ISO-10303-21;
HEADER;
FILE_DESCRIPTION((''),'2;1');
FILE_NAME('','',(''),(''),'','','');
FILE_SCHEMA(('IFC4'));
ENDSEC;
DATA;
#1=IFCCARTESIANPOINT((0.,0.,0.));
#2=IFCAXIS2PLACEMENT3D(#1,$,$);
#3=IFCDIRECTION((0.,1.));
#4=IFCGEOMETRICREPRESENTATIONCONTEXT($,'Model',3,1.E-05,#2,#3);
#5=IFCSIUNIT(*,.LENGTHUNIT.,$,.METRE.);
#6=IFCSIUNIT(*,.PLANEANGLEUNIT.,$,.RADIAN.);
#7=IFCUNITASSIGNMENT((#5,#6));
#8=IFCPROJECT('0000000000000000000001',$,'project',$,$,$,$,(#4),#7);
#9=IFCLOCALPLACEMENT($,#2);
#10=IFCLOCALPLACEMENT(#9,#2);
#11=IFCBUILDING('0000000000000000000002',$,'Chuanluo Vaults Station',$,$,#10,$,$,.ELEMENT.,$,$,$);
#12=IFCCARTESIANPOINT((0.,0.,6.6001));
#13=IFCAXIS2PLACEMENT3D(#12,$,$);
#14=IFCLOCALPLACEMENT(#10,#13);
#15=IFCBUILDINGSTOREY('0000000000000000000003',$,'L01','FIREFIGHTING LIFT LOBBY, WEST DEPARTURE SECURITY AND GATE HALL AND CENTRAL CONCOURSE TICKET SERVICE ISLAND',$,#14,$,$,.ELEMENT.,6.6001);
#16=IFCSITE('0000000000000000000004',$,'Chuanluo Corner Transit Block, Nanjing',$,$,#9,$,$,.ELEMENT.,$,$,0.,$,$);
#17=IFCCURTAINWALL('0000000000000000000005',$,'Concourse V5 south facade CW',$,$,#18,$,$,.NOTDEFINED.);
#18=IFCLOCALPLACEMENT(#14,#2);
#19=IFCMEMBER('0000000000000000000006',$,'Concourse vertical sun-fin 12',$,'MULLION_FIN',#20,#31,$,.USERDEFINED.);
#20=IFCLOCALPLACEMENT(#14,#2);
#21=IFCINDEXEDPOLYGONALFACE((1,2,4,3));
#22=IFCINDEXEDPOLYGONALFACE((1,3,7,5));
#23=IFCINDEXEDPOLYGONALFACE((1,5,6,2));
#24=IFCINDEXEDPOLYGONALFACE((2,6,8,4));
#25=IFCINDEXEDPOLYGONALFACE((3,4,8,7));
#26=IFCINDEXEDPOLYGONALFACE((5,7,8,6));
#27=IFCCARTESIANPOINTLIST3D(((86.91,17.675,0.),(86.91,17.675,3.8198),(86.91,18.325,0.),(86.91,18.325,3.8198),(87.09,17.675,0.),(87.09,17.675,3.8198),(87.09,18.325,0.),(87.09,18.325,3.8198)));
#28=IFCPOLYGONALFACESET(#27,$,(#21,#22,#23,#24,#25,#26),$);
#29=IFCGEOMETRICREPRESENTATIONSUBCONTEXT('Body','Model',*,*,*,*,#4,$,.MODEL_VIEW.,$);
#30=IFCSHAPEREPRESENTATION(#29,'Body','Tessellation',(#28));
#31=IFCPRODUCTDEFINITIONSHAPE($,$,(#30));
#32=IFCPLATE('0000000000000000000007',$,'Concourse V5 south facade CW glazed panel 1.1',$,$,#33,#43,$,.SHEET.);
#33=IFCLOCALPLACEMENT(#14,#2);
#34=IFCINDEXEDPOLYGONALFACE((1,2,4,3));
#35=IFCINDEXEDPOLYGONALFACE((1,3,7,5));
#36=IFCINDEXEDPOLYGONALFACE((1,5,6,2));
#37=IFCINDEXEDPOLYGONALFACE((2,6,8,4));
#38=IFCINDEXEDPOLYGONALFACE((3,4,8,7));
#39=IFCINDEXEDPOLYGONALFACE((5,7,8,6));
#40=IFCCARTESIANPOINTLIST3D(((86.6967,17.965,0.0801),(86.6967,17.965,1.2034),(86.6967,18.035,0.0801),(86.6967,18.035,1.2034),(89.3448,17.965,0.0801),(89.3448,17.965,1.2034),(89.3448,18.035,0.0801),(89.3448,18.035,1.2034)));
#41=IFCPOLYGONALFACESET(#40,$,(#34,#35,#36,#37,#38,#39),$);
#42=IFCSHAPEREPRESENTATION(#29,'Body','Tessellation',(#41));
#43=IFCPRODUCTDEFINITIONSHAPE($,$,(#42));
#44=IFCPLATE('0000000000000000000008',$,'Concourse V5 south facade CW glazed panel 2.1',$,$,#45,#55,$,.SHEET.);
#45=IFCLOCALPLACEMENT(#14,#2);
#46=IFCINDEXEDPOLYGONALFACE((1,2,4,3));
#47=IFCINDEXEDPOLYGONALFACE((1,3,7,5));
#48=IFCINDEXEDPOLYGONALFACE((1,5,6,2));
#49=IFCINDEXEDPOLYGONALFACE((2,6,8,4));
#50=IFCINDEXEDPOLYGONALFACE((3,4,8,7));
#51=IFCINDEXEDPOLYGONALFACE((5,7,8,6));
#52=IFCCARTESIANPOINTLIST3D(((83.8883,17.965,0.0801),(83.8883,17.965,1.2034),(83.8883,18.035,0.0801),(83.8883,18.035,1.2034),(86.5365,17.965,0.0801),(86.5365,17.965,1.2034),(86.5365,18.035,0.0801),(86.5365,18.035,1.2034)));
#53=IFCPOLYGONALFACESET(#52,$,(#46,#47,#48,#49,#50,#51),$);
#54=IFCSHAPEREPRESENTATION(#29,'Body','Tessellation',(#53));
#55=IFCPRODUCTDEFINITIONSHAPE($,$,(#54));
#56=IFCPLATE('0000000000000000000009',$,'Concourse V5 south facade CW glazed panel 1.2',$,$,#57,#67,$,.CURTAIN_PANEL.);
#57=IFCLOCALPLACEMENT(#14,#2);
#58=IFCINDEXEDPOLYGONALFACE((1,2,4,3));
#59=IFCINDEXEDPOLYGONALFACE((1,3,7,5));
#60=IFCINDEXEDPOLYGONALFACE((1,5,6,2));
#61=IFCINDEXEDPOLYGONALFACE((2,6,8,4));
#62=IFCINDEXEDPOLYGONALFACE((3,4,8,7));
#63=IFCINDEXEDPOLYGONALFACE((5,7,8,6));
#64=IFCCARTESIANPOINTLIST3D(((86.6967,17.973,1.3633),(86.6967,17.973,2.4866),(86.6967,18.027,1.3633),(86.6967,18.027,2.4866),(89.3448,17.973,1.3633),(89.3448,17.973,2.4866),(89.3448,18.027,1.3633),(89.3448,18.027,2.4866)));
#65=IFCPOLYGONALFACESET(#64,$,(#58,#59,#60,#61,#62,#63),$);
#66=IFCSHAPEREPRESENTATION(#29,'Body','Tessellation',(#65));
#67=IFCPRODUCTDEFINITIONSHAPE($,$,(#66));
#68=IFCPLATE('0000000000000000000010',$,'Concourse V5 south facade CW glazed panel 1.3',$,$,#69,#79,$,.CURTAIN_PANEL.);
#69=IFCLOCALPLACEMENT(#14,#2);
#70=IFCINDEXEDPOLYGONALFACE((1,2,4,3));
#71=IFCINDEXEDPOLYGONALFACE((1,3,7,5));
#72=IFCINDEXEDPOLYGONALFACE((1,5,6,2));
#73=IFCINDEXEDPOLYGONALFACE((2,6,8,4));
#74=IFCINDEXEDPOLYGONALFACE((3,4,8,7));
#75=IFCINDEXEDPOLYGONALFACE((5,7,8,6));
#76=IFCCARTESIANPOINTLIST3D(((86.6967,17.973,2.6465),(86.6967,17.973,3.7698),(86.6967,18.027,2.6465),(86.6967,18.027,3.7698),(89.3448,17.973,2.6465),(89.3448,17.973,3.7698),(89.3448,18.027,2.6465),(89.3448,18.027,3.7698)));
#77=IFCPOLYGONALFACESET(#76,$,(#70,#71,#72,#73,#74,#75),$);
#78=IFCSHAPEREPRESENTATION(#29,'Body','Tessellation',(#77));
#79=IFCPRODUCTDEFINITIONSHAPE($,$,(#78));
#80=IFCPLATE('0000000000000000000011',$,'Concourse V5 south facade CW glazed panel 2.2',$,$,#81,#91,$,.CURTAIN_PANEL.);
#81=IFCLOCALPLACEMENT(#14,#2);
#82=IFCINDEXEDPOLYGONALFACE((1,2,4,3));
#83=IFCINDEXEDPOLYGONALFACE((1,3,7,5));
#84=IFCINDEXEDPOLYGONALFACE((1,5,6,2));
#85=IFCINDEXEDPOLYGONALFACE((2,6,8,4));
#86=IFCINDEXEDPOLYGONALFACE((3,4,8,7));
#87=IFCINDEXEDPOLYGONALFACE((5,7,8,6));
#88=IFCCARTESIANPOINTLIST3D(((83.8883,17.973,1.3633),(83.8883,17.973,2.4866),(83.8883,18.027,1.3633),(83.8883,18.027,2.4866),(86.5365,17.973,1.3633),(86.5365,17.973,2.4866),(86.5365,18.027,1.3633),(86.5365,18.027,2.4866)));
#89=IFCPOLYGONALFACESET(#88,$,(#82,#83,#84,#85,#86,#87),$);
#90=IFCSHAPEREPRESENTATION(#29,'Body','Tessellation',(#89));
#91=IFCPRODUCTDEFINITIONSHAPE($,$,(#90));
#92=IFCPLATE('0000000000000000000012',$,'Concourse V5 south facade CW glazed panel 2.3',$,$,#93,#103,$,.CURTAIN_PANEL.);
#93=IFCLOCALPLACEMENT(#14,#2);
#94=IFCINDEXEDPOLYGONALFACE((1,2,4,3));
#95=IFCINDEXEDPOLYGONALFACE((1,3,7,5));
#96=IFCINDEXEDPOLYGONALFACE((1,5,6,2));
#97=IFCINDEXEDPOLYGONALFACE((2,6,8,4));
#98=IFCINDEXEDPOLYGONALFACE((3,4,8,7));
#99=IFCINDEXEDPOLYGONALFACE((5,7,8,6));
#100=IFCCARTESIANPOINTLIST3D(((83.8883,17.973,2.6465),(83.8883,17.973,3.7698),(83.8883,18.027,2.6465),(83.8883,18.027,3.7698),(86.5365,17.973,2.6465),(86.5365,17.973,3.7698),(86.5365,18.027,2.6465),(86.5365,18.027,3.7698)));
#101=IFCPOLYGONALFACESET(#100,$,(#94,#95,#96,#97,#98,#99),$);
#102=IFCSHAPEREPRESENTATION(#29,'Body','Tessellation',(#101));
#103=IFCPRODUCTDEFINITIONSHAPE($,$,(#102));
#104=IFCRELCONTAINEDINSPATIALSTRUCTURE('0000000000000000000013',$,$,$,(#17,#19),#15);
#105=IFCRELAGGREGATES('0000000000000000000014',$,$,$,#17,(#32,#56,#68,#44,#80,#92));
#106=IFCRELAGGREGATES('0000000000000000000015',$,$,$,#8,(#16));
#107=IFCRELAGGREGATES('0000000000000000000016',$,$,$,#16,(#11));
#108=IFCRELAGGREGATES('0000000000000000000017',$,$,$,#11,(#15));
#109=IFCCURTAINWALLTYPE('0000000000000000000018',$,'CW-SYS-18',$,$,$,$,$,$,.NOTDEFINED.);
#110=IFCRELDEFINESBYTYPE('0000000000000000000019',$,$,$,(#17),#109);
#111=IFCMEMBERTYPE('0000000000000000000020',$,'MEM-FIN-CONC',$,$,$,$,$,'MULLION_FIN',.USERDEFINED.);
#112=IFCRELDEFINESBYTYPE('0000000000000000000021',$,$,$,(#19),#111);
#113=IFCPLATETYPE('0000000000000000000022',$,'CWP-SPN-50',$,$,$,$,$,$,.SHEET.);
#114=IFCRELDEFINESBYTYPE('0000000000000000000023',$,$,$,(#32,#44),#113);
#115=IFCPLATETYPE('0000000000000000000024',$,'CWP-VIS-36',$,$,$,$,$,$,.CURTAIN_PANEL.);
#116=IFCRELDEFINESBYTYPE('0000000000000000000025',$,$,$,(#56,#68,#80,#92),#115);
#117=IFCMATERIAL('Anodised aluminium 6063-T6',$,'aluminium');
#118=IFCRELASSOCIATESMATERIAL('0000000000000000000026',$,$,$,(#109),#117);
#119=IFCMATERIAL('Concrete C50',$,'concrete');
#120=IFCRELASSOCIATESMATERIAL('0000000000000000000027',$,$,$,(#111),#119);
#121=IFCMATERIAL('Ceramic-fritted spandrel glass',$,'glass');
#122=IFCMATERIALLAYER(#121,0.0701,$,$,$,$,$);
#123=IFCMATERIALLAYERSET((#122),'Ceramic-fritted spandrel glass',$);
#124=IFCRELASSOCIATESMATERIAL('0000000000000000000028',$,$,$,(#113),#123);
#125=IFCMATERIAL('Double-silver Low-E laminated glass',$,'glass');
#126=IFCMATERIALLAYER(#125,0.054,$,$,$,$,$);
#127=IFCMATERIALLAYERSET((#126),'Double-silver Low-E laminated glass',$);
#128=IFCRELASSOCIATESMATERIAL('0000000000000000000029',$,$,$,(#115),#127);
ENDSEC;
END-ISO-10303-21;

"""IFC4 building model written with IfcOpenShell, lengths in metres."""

from ifc_helpers import new_model, si_unit, direction, frame, origin, origin_2d, place, context, subcontext, project, spatial, rectangle, extrude, material, layer, layer_set, material_profile, profile_set, type_object, element, aggregate, save


model = new_model("IFC4")

# Units and contexts
model_context = context("Model", 3, precision=1e-05, world=origin(), true_north=direction((0.0, 1.0)))
body_context = subcontext(model_context, "Body", "Model", "MODEL_VIEW")
ifc_project = project(units=[si_unit("LENGTHUNIT", "METRE"), si_unit("PLANEANGLEUNIT", "RADIAN")], contexts=[model_context])

# Site, building, storey
site_placement = place(None, origin())
site = spatial("IfcSite", under=ifc_project, at=site_placement, Name="Chuanluo Corner Transit Block, Nanjing", CompositionType="ELEMENT", RefElevation=0.0)
building_placement = place(site_placement, origin())
building = spatial("IfcBuilding", under=site, at=building_placement, Name="Chuanluo Vaults Station", CompositionType="ELEMENT")
storey_placement = place(building_placement, frame((0.0, 0.0, 6.6001)))
storey = spatial("IfcBuildingStorey", under=building, at=storey_placement, Name="L01", Description="FIREFIGHTING LIFT LOBBY, WEST DEPARTURE SECURITY AND GATE HALL AND CENTRAL CONCOURSE TICKET SERVICE ISLAND", CompositionType="ELEMENT", Elevation=6.6001)

# Curtain wall
ifc_material_1 = material(Name="Anodised aluminium 6063-T6", Category="aluminium")
curtain_wall_type_1 = type_object("IfcCurtainWallType", Name="CW-SYS-18", PredefinedType="NOTDEFINED", material=ifc_material_1)
curtain_wall_1_placement = place(storey_placement, origin())
curtain_wall_1 = element("IfcCurtainWall", 1, at=curtain_wall_1_placement, inside=storey, type_object=curtain_wall_type_1, Name="Concourse V5 south facade CW", PredefinedType="NOTDEFINED")

# Member
ifc_material_2 = material(Name="Concrete C50", Category="concrete")
ifc_material_profile_1 = material_profile(ifc_material_2, rectangle(XDim=0.1799, YDim=0.6499, at=origin_2d()))
ifc_profile_set_1 = profile_set([ifc_material_profile_1], Name="Concrete C50")
member_type_1 = type_object("IfcMemberType", Name="MEM-FIN-CONC", ElementType="MULLION_FIN", PredefinedType="USERDEFINED", material=ifc_profile_set_1)
member_1_placement = place(storey_placement, frame((87.0, 18.0, 0.0), z_axis=(0.0, 0.0, 1.0), x_axis=(1.0, 0.0, 0.0)))
element("IfcMember", 2, at=member_1_placement, inside=storey, type_object=member_type_1, Name="Concourse vertical sun-fin 12", ObjectType="MULLION_FIN", PredefinedType="USERDEFINED", context=body_context, shape_type="SweptSolid", body=[
    extrude(rectangle(XDim=0.1799, YDim=0.6499, at=origin_2d()), origin(), (0.0, 0.0, 1.0), 3.8198),
])

# Plates
ifc_material_3 = material(Name="Ceramic-fritted spandrel glass", Category="glass")
ifc_layer_1 = layer(ifc_material_3, 0.0701)
ifc_layer_set_1 = layer_set([ifc_layer_1], Name="Ceramic-fritted spandrel glass")
plate_type_1 = type_object("IfcPlateType", Name="CWP-SPN-50", PredefinedType="SHEET", material=ifc_layer_set_1)
plate_1_placement = place(storey_placement, frame((88.0208, 18.0, 0.0801), z_axis=(0.0, 0.0, 1.0), x_axis=(-1.0, 0.0, 0.0)))
plate_1 = element("IfcPlate", 3, at=plate_1_placement, type_object=plate_type_1, Name="Concourse V5 south facade CW glazed panel 1.1", PredefinedType="SHEET", context=body_context, shape_type="SweptSolid", body=[
    extrude(rectangle(XDim=2.6482, YDim=0.0701, at=origin_2d()), origin(), (0.0, 0.0, 1.0), 1.1233),
])
plate_2_placement = place(storey_placement, frame((85.2124, 18.0, 0.0801), z_axis=(0.0, 0.0, 1.0), x_axis=(-1.0, 0.0, 0.0)))
plate_2 = element("IfcPlate", 4, at=plate_2_placement, type_object=plate_type_1, Name="Concourse V5 south facade CW glazed panel 2.1", PredefinedType="SHEET", context=body_context, shape_type="SweptSolid", body=[
    extrude(rectangle(XDim=2.6482, YDim=0.0701, at=origin_2d()), origin(), (0.0, 0.0, 1.0), 1.1233),
])
ifc_material_4 = material(Name="Double-silver Low-E laminated glass", Category="glass")
ifc_layer_2 = layer(ifc_material_4, 0.054)
ifc_layer_set_2 = layer_set([ifc_layer_2], Name="Double-silver Low-E laminated glass")
plate_type_2 = type_object("IfcPlateType", Name="CWP-VIS-36", PredefinedType="CURTAIN_PANEL", material=ifc_layer_set_2)
plate_3_placement = place(storey_placement, frame((88.0208, 18.0, 1.3633), z_axis=(0.0, 0.0, 1.0), x_axis=(-1.0, 0.0, 0.0)))
plate_3 = element("IfcPlate", 5, at=plate_3_placement, type_object=plate_type_2, Name="Concourse V5 south facade CW glazed panel 1.2", PredefinedType="CURTAIN_PANEL", context=body_context, shape_type="SweptSolid", body=[
    extrude(rectangle(XDim=2.6482, YDim=0.054, at=origin_2d()), origin(), (0.0, 0.0, 1.0), 1.1233),
])
plate_4_placement = place(storey_placement, frame((88.0208, 18.0, 2.6465), z_axis=(0.0, 0.0, 1.0), x_axis=(-1.0, 0.0, 0.0)))
plate_4 = element("IfcPlate", 6, at=plate_4_placement, type_object=plate_type_2, Name="Concourse V5 south facade CW glazed panel 1.3", PredefinedType="CURTAIN_PANEL", context=body_context, shape_type="SweptSolid", body=[
    extrude(rectangle(XDim=2.6482, YDim=0.054, at=origin_2d()), origin(), (0.0, 0.0, 1.0), 1.1233),
])
plate_5_placement = place(storey_placement, frame((85.2124, 18.0, 1.3633), z_axis=(0.0, 0.0, 1.0), x_axis=(-1.0, 0.0, 0.0)))
plate_5 = element("IfcPlate", 7, at=plate_5_placement, type_object=plate_type_2, Name="Concourse V5 south facade CW glazed panel 2.2", PredefinedType="CURTAIN_PANEL", context=body_context, shape_type="SweptSolid", body=[
    extrude(rectangle(XDim=2.6482, YDim=0.054, at=origin_2d()), origin(), (0.0, 0.0, 1.0), 1.1233),
])
plate_6_placement = place(storey_placement, frame((85.2124, 18.0, 2.6465), z_axis=(0.0, 0.0, 1.0), x_axis=(-1.0, 0.0, 0.0)))
plate_6 = element("IfcPlate", 8, at=plate_6_placement, type_object=plate_type_2, Name="Concourse V5 south facade CW glazed panel 2.3", PredefinedType="CURTAIN_PANEL", context=body_context, shape_type="SweptSolid", body=[
    extrude(rectangle(XDim=2.6482, YDim=0.054, at=origin_2d()), origin(), (0.0, 0.0, 1.0), 1.1233),
])
aggregate(curtain_wall_1, [plate_1, plate_3, plate_4, plate_2, plate_5, plate_6])

save(model, "model.ifc")
